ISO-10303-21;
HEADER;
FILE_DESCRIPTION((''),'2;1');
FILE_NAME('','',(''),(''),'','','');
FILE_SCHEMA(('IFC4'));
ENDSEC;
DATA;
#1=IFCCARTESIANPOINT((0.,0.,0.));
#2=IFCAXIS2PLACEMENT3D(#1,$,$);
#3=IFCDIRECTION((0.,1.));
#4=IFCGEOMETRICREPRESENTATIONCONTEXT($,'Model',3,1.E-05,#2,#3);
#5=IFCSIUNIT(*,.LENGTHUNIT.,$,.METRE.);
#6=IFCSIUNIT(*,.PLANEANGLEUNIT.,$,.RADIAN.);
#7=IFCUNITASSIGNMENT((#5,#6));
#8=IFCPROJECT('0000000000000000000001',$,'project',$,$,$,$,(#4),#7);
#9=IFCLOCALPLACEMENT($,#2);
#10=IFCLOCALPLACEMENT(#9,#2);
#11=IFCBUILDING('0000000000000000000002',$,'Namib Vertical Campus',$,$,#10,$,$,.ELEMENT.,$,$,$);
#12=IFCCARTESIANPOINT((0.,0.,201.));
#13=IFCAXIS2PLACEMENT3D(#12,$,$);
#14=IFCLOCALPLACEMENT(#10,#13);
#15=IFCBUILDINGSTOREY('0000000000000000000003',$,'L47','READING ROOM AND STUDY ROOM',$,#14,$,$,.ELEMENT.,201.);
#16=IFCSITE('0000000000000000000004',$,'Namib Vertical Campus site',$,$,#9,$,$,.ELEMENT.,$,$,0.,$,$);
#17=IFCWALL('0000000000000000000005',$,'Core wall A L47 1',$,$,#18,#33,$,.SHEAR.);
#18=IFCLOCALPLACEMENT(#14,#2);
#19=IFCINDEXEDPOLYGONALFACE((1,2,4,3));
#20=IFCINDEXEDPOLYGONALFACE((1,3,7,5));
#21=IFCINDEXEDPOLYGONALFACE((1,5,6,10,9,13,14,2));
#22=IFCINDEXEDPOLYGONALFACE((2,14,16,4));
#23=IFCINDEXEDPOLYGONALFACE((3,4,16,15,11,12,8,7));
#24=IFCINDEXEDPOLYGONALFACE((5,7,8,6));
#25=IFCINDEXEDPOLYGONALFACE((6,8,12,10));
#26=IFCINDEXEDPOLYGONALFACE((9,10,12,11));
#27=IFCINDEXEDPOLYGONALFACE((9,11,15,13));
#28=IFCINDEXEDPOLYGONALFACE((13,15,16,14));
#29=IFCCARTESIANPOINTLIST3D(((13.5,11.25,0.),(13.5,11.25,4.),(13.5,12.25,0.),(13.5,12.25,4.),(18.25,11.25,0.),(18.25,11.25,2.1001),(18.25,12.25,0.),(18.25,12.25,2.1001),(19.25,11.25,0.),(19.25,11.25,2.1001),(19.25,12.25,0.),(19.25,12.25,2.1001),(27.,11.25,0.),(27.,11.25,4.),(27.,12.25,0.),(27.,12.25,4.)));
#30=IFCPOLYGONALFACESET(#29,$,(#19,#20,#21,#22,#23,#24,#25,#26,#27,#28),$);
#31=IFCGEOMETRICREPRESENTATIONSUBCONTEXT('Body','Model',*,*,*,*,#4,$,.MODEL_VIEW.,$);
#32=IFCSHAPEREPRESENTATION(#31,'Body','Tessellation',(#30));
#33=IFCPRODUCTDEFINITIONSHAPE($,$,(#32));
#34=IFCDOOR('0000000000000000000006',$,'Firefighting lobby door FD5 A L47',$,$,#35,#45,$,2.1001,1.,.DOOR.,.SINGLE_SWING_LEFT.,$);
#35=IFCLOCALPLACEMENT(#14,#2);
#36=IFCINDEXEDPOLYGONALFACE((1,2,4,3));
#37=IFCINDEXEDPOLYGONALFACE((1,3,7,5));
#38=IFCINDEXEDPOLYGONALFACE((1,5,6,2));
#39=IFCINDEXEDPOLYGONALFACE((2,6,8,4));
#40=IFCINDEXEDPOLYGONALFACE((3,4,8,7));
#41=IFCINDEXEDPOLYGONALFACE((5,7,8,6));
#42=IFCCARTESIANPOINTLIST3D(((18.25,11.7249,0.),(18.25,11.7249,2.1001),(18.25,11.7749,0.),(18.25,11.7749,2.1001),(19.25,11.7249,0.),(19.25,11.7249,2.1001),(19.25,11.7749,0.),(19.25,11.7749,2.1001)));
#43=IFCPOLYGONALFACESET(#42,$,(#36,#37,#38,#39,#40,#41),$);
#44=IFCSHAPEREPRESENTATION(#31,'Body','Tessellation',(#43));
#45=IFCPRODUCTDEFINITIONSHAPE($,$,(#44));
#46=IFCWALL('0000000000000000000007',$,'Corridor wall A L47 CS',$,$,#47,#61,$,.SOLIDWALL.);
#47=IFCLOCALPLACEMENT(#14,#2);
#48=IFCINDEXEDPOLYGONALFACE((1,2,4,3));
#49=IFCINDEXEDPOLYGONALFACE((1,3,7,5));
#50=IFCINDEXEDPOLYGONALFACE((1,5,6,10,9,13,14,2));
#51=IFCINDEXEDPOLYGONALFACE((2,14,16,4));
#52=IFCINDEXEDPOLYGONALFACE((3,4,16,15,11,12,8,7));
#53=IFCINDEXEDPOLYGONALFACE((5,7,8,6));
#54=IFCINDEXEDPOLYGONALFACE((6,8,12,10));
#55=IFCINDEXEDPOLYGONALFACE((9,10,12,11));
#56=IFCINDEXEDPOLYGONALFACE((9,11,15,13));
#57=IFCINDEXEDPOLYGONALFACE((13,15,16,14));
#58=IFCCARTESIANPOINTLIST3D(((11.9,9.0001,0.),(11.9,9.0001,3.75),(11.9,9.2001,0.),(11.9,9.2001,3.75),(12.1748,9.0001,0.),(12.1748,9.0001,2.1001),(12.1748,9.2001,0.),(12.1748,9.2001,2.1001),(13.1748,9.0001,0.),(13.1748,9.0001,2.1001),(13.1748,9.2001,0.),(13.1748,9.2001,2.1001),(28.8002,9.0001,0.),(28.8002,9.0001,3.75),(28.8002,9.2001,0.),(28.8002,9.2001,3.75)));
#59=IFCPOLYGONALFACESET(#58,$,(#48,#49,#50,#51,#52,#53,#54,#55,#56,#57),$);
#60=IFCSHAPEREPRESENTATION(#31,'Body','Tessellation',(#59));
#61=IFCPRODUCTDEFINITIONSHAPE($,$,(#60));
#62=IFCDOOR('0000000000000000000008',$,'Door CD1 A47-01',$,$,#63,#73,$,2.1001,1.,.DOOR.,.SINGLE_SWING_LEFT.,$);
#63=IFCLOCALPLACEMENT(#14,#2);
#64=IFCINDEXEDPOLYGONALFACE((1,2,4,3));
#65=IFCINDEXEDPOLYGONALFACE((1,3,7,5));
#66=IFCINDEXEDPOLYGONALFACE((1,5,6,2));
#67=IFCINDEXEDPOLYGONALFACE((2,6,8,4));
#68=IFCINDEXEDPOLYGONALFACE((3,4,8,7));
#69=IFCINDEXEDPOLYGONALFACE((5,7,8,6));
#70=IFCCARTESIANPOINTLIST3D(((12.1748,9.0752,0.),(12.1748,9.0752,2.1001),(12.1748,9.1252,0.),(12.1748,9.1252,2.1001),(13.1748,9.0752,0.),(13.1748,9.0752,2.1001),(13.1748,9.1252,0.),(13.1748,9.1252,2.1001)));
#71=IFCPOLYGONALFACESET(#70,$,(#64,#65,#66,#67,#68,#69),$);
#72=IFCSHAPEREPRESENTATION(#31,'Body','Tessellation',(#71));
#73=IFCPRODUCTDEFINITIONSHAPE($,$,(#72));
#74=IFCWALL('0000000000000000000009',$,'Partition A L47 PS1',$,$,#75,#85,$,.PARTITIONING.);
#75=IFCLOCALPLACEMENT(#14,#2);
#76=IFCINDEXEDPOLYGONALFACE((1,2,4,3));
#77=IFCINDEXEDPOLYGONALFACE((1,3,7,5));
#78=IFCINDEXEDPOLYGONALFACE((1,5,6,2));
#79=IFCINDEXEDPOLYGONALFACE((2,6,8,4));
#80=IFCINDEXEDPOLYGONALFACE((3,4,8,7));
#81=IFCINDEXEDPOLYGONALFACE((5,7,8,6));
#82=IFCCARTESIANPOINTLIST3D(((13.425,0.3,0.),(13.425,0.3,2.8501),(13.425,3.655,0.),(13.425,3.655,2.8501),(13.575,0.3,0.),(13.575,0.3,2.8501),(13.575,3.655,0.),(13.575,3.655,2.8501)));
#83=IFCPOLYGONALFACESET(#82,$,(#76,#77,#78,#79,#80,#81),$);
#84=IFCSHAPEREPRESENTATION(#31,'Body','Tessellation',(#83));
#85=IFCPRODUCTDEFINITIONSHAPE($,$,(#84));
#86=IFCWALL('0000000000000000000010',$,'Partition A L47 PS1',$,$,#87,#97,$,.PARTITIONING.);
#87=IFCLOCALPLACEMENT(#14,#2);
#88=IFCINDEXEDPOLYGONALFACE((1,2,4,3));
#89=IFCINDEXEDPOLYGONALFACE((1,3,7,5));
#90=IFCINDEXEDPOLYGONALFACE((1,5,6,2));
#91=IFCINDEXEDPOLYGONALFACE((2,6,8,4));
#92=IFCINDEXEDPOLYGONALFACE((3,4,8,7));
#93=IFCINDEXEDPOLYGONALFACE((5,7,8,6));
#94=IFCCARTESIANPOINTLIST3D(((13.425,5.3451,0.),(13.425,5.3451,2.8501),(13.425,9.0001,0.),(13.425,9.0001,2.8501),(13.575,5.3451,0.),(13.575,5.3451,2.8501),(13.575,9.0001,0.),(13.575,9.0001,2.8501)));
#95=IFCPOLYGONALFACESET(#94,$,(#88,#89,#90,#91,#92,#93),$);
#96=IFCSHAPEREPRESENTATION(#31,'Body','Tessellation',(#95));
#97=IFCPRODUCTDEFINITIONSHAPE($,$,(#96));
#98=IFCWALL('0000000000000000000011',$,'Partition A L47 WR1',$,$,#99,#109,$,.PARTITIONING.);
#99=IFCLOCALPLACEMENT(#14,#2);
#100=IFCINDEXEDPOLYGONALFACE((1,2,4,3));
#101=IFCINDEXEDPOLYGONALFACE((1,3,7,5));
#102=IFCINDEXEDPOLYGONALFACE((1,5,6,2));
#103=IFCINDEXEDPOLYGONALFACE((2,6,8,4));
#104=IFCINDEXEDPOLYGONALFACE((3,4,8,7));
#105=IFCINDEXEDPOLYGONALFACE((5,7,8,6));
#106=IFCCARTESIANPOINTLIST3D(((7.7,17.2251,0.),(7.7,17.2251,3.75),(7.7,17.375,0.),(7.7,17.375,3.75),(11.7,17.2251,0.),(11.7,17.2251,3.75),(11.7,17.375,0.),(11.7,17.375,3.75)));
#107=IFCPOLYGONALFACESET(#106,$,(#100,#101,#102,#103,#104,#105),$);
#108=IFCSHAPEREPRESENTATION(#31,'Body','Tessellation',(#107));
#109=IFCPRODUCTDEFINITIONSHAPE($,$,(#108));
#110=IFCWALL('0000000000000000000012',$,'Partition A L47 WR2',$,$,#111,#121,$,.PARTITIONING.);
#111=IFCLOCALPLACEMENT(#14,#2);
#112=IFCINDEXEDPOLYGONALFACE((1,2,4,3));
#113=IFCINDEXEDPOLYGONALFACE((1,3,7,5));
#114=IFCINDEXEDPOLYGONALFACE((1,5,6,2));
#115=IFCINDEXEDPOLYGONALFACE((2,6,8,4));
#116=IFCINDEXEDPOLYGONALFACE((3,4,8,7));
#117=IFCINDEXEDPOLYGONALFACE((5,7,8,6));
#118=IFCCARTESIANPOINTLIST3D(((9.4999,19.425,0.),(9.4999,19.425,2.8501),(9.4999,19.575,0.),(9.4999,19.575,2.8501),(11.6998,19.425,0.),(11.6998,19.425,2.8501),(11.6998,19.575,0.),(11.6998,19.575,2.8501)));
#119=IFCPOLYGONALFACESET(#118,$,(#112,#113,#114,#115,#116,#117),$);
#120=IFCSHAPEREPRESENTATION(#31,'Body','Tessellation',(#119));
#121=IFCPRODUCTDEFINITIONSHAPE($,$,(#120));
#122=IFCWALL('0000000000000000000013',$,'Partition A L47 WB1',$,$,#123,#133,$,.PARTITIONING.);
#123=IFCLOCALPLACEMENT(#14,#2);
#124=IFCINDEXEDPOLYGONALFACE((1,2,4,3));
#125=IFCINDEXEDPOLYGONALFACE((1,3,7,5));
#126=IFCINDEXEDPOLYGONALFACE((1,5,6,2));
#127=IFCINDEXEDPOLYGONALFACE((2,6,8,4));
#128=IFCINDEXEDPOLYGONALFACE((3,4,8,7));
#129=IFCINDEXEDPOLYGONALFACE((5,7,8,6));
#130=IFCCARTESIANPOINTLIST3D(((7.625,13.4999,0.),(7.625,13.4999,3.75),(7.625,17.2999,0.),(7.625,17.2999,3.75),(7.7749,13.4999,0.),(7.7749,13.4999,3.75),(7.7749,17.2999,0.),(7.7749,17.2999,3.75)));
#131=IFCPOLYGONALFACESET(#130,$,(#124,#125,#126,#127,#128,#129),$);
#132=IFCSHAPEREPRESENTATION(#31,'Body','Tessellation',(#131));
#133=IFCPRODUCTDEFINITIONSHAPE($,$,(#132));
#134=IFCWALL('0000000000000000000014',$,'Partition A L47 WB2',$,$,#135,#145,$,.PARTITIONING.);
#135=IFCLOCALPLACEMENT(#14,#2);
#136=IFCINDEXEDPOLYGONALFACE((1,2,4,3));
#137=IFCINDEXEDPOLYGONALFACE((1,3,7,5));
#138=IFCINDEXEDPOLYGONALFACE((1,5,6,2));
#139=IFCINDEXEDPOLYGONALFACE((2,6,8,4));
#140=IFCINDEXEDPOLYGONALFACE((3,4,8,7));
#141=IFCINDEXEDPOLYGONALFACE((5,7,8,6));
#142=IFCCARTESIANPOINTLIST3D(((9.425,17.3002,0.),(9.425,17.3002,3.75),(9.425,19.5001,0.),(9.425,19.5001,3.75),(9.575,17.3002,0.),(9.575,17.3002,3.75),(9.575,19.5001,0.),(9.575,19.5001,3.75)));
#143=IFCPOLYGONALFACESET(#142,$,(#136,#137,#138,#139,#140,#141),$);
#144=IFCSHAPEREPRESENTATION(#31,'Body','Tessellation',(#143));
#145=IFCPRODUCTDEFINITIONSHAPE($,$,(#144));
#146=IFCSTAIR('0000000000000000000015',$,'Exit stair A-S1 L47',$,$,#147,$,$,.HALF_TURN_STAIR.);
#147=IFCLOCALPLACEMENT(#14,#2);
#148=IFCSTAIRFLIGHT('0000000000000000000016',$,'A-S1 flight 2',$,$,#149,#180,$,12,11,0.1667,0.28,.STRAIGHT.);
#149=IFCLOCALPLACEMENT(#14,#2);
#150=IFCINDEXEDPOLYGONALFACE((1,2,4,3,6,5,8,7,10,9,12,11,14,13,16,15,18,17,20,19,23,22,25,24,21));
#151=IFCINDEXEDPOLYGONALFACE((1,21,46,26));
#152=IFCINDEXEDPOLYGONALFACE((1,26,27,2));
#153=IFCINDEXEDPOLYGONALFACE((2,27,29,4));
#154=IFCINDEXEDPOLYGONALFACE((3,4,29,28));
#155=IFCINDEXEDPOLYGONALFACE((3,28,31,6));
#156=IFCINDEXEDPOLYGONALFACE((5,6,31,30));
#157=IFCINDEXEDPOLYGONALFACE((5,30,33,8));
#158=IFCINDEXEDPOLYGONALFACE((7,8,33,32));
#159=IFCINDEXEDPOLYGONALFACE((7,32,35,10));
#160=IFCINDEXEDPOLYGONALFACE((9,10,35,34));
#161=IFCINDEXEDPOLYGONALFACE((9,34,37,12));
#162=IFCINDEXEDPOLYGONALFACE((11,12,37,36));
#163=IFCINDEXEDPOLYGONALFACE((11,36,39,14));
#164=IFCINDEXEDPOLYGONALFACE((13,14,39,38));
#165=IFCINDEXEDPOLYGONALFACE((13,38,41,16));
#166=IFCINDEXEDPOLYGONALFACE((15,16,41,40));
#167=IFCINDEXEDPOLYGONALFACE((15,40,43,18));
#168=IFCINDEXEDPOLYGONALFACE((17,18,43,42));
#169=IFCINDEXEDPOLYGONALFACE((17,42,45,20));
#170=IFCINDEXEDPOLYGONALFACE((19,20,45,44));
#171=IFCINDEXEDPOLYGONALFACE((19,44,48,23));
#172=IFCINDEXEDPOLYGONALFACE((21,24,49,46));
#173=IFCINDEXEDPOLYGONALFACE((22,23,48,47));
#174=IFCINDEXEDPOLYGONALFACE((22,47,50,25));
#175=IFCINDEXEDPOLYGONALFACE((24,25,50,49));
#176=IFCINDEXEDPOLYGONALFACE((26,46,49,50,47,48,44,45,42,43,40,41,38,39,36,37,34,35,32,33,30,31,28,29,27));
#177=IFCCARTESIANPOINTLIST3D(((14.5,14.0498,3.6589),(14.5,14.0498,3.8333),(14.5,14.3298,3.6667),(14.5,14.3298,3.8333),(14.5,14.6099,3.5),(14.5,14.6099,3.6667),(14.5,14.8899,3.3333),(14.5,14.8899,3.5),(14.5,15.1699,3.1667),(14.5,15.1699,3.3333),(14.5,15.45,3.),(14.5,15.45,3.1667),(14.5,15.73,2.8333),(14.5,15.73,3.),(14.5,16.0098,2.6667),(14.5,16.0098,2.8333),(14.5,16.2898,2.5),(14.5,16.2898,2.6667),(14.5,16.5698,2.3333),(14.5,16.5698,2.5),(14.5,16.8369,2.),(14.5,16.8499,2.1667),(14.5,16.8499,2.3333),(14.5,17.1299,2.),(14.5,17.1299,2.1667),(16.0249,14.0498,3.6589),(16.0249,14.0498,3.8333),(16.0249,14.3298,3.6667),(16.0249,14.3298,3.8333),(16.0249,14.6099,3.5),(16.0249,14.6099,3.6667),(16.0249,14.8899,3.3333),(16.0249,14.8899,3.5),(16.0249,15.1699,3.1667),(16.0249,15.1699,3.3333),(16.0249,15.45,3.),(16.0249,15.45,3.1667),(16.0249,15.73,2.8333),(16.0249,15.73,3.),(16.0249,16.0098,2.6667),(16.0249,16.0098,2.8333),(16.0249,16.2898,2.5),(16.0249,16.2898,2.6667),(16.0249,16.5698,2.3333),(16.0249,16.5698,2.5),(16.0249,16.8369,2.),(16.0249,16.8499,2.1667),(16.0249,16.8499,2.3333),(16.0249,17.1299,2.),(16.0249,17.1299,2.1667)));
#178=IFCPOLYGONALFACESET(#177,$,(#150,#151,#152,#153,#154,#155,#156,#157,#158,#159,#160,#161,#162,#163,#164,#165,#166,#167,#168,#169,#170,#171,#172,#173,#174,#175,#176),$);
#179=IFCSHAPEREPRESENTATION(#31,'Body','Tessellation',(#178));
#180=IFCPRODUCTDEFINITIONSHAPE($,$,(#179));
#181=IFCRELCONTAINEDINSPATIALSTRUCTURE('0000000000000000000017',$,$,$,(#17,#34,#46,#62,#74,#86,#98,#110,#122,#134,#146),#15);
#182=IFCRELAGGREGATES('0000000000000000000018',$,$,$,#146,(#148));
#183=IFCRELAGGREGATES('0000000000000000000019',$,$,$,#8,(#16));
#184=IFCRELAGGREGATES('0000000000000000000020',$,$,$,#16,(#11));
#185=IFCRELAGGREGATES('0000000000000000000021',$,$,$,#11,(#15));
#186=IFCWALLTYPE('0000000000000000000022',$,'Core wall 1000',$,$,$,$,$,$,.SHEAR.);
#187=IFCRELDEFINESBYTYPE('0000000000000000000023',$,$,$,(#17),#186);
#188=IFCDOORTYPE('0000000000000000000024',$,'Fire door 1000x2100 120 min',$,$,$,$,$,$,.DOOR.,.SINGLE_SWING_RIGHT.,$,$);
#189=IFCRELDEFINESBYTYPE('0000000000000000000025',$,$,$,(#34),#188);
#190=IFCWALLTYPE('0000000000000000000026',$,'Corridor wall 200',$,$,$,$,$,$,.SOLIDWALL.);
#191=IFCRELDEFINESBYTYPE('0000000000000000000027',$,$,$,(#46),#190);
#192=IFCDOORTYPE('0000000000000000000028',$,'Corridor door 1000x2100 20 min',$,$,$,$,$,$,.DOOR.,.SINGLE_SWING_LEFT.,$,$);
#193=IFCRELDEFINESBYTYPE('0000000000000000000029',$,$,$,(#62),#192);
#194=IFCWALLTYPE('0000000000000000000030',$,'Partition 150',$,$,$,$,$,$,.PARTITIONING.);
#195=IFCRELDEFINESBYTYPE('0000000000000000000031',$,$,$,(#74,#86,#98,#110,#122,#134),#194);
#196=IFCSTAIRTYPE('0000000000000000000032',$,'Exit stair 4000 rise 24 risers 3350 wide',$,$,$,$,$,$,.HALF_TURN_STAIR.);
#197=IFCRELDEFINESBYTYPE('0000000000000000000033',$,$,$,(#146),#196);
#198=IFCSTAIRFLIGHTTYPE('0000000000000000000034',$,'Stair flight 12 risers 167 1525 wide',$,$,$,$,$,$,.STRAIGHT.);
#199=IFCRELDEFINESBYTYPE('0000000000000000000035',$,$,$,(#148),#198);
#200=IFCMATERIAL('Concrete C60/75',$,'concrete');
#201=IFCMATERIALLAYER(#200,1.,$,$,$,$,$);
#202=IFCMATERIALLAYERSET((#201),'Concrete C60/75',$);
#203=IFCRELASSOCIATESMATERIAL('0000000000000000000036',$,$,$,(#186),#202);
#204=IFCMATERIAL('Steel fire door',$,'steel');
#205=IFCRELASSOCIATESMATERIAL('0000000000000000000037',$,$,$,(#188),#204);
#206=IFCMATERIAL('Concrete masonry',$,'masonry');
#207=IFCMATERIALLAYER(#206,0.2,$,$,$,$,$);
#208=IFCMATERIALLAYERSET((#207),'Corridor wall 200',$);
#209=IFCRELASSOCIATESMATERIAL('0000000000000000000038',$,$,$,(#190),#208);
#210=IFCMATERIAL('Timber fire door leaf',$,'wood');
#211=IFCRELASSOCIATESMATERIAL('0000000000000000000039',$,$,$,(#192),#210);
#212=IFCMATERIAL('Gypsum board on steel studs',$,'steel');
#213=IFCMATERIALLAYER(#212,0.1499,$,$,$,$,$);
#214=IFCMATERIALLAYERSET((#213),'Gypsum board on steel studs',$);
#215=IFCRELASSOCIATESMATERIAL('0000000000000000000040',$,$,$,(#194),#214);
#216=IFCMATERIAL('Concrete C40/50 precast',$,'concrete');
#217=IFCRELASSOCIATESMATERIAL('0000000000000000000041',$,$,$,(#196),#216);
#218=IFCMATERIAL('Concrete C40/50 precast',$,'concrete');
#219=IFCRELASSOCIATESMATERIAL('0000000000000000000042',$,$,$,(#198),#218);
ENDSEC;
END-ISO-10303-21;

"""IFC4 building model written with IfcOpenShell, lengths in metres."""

from ifc_helpers import new_model, si_unit, direction, frame, frame_2d, origin, place, context, subcontext, project, spatial, polyline, rectangle, outline, extrude, material, layer, layer_set, type_object, element, fill, aggregate, save


model = new_model("IFC4")

# Units and contexts
model_context = context("Model", 3, precision=1e-05, world=origin(), true_north=direction((0.0, 1.0)))
body_context = subcontext(model_context, "Body", "Model", "MODEL_VIEW")
ifc_project = project(units=[si_unit("LENGTHUNIT", "METRE"), si_unit("PLANEANGLEUNIT", "RADIAN")], contexts=[model_context])

# Site, building, storey
site_placement = place(None, origin())
site = spatial("IfcSite", under=ifc_project, at=site_placement, Name="Namib Vertical Campus site", CompositionType="ELEMENT", RefElevation=0.0)
building_placement = place(site_placement, origin())
building = spatial("IfcBuilding", under=site, at=building_placement, Name="Namib Vertical Campus", CompositionType="ELEMENT")
storey_placement = place(building_placement, frame((0.0, 0.0, 201.0)))
storey = spatial("IfcBuildingStorey", under=building, at=storey_placement, Name="L47", Description="READING ROOM AND STUDY ROOM", CompositionType="ELEMENT", Elevation=201.0)

# Walls, openings, doors
ifc_material_1 = material(Name="Concrete C60/75", Category="concrete")
ifc_layer_1 = layer(ifc_material_1, 1.0)
ifc_layer_set_1 = layer_set([ifc_layer_1], Name="Concrete C60/75")
wall_type_1 = type_object("IfcWallType", Name="Core wall 1000", PredefinedType="SHEAR", material=ifc_layer_set_1)
wall_1_placement = place(storey_placement, frame((13.5, 11.75, 0.0), z_axis=(0.0, 0.0, 1.0), x_axis=(1.0, 0.0, 0.0)))
wall_1 = element("IfcWall", 1, at=wall_1_placement, inside=storey, type_object=wall_type_1, Name="Core wall A L47 1", PredefinedType="SHEAR", context=body_context, shape_type="SweptSolid", body=[
    extrude(rectangle(XDim=13.5, YDim=1.0, at=frame_2d((6.75, 0.0))), origin(), (0.0, 0.0, 1.0), 4.0),
])
opening_1_placement = place(wall_1_placement, frame((4.75, 0.0, 0.0)))
opening_1 = element("IfcOpeningElement", 2, at=opening_1_placement, cuts=wall_1, PredefinedType="OPENING", context=body_context, shape_type="SweptSolid", body=[
    extrude(rectangle(XDim=1.0, YDim=2.1001, at=frame_2d((0.5, 1.05))), frame((0.0, 0.51, 0.0), z_axis=(0.0, -1.0, 0.0), x_axis=(1.0, 0.0, 0.0)), (0.0, 0.0, 1.0), 1.02),
])
ifc_material_2 = material(Name="Steel fire door", Category="steel")
door_type_1 = type_object("IfcDoorType", Name="Fire door 1000x2100 120 min", OperationType="SINGLE_SWING_RIGHT", PredefinedType="DOOR", material=ifc_material_2)
door_1_placement = place(opening_1_placement, origin())
door_1 = element("IfcDoor", 3, at=door_1_placement, inside=storey, type_object=door_type_1, Name="Firefighting lobby door FD5 A L47", OperationType="SINGLE_SWING_LEFT", OverallHeight=2.1001, OverallWidth=1.0, PredefinedType="DOOR", context=body_context, shape_type="SweptSolid", body=[
    extrude(rectangle(XDim=1.0, YDim=2.1001, at=frame_2d((0.5, 1.05))), frame((0.0, 0.0249, 0.0), z_axis=(0.0, -1.0, 0.0), x_axis=(1.0, 0.0, 0.0)), (0.0, 0.0, 1.0), 0.05),
])
fill(opening_1, door_1)
ifc_material_3 = material(Name="Concrete masonry", Category="masonry")
ifc_layer_2 = layer(ifc_material_3, 0.2)
ifc_layer_set_2 = layer_set([ifc_layer_2], Name="Corridor wall 200")
wall_type_2 = type_object("IfcWallType", Name="Corridor wall 200", PredefinedType="SOLIDWALL", material=ifc_layer_set_2)
wall_2_placement = place(storey_placement, frame((11.8999, 9.1001, 0.0), z_axis=(0.0, 0.0, 1.0), x_axis=(1.0, 0.0, 0.0)))
wall_2 = element("IfcWall", 4, at=wall_2_placement, inside=storey, type_object=wall_type_2, Name="Corridor wall A L47 CS", PredefinedType="SOLIDWALL", context=body_context, shape_type="SweptSolid", body=[
    extrude(rectangle(XDim=16.9001, YDim=0.2, at=frame_2d((8.4502, 0.0))), origin(), (0.0, 0.0, 1.0), 3.75),
])
opening_2_placement = place(wall_2_placement, frame((0.2749, 0.0, 0.0)))
opening_2 = element("IfcOpeningElement", 5, at=opening_2_placement, cuts=wall_2, PredefinedType="OPENING", context=body_context, shape_type="SweptSolid", body=[
    extrude(rectangle(XDim=1.0, YDim=2.1001, at=frame_2d((0.5, 1.05))), frame((0.0, 0.1099, 0.0), z_axis=(0.0, -1.0, 0.0), x_axis=(1.0, 0.0, 0.0)), (0.0, 0.0, 1.0), 0.22),
])
ifc_material_4 = material(Name="Timber fire door leaf", Category="wood")
door_type_2 = type_object("IfcDoorType", Name="Corridor door 1000x2100 20 min", OperationType="SINGLE_SWING_LEFT", PredefinedType="DOOR", material=ifc_material_4)
door_2_placement = place(opening_2_placement, frame((1.0, 0.0, 0.0), z_axis=(0.0, 0.0, 1.0), x_axis=(-1.0, 0.0, 0.0)))
door_2 = element("IfcDoor", 6, at=door_2_placement, inside=storey, type_object=door_type_2, Name="Door CD1 A47-01", OperationType="SINGLE_SWING_LEFT", OverallHeight=2.1001, OverallWidth=1.0, PredefinedType="DOOR", context=body_context, shape_type="SweptSolid", body=[
    extrude(rectangle(XDim=1.0, YDim=2.1001, at=frame_2d((0.5, 1.05))), frame((0.0, 0.0249, 0.0), z_axis=(0.0, -1.0, 0.0), x_axis=(1.0, 0.0, 0.0)), (0.0, 0.0, 1.0), 0.05),
])
fill(opening_2, door_2)

# Walls
ifc_material_5 = material(Name="Gypsum board on steel studs", Category="steel")
ifc_layer_3 = layer(ifc_material_5, 0.1499)
ifc_layer_set_3 = layer_set([ifc_layer_3], Name="Gypsum board on steel studs")
wall_type_3 = type_object("IfcWallType", Name="Partition 150", PredefinedType="PARTITIONING", material=ifc_layer_set_3)
wall_3_placement = place(storey_placement, frame((13.5, 0.3, 0.0), z_axis=(0.0, 0.0, 1.0), x_axis=(0.0, 1.0, 0.0)))
element("IfcWall", 7, at=wall_3_placement, inside=storey, type_object=wall_type_3, Name="Partition A L47 PS1", PredefinedType="PARTITIONING", context=body_context, shape_type="SweptSolid", body=[
    extrude(rectangle(XDim=3.355, YDim=0.1499, at=frame_2d((1.6775, 0.0))), origin(), (0.0, 0.0, 1.0), 2.8501),
])
wall_4_placement = place(storey_placement, frame((13.5, 5.345, 0.0), z_axis=(0.0, 0.0, 1.0), x_axis=(0.0, 1.0, 0.0)))
element("IfcWall", 8, at=wall_4_placement, inside=storey, type_object=wall_type_3, Name="Partition A L47 PS1", PredefinedType="PARTITIONING", context=body_context, shape_type="SweptSolid", body=[
    extrude(rectangle(XDim=3.655, YDim=0.1499, at=frame_2d((1.8276, 0.0))), origin(), (0.0, 0.0, 1.0), 2.8501),
])
wall_5_placement = place(storey_placement, frame((11.7, 17.3, 0.0), z_axis=(0.0, 0.0, 1.0), x_axis=(-1.0, 0.0, 0.0)))
element("IfcWall", 9, at=wall_5_placement, inside=storey, type_object=wall_type_3, Name="Partition A L47 WR1", PredefinedType="PARTITIONING", context=body_context, shape_type="SweptSolid", body=[
    extrude(rectangle(XDim=4.0, YDim=0.1499, at=frame_2d((2.0, 0.0))), origin(), (0.0, 0.0, 1.0), 3.75),
])
wall_6_placement = place(storey_placement, frame((11.7, 19.5, 0.0), z_axis=(0.0, 0.0, 1.0), x_axis=(-1.0, 0.0, 0.0)))
element("IfcWall", 10, at=wall_6_placement, inside=storey, type_object=wall_type_3, Name="Partition A L47 WR2", PredefinedType="PARTITIONING", context=body_context, shape_type="SweptSolid", body=[
    extrude(rectangle(XDim=2.2, YDim=0.1499, at=frame_2d((1.1001, 0.0))), origin(), (0.0, 0.0, 1.0), 2.8501),
])
wall_7_placement = place(storey_placement, frame((7.7, 13.5, 0.0), z_axis=(0.0, 0.0, 1.0), x_axis=(0.0, 1.0, 0.0)))
element("IfcWall", 11, at=wall_7_placement, inside=storey, type_object=wall_type_3, Name="Partition A L47 WB1", PredefinedType="PARTITIONING", context=body_context, shape_type="SweptSolid", body=[
    extrude(rectangle(XDim=3.8, YDim=0.1499, at=frame_2d((1.8999, 0.0))), origin(), (0.0, 0.0, 1.0), 3.75),
])
wall_8_placement = place(storey_placement, frame((9.5, 17.3, 0.0), z_axis=(0.0, 0.0, 1.0), x_axis=(0.0, 1.0, 0.0)))
element("IfcWall", 12, at=wall_8_placement, inside=storey, type_object=wall_type_3, Name="Partition A L47 WB2", PredefinedType="PARTITIONING", context=body_context, shape_type="SweptSolid", body=[
    extrude(rectangle(XDim=2.2, YDim=0.1499, at=frame_2d((1.1001, 0.0))), origin(), (0.0, 0.0, 1.0), 3.75),
])

# Stair, stair flight
ifc_material_6 = material(Name="Concrete C40/50 precast", Category="concrete")
stair_type = type_object("IfcStairType", Name="Exit stair 4000 rise 24 risers 3350 wide", PredefinedType="HALF_TURN_STAIR", material=ifc_material_6)
stair_placement = place(storey_placement, origin())
stair = element("IfcStair", 13, at=stair_placement, inside=storey, type_object=stair_type, Name="Exit stair A-S1 L47", PredefinedType="HALF_TURN_STAIR")
ifc_material_7 = material(Name="Concrete C40/50 precast", Category="concrete")
stair_flight_type = type_object("IfcStairFlightType", Name="Stair flight 12 risers 167 1525 wide", PredefinedType="STRAIGHT", material=ifc_material_7)
stair_flight_placement = place(storey_placement, frame((15.2625, 17.1299, 2.0), z_axis=(0.0, 0.0, 1.0), x_axis=(0.0, -1.0, 0.0)))
stair_flight = element("IfcStairFlight", 14, at=stair_flight_placement, type_object=stair_flight_type, Name="A-S1 flight 2", NumberOfRisers=12, NumberOfTreads=11, PredefinedType="STRAIGHT", RiserHeight=0.1667, TreadLength=0.28, context=body_context, shape_type="SweptSolid", body=[
    extrude(outline(polyline([(0.0, 0.0), (0.0, 0.1667), (0.28, 0.1667), (0.28, 0.3333), (0.5601, 0.3333), (0.5601, 0.5), (0.8401, 0.5), (0.8401, 0.6667), (1.1201, 0.6667), (1.1201, 0.8333), (1.3999, 0.8333), (1.3999, 1.0), (1.6799, 1.0), (1.6799, 1.1667), (1.96, 1.1667), (1.96, 1.3333), (2.24, 1.3333), (2.24, 1.5), (2.52, 1.5), (2.52, 1.6667), (2.8, 1.6667), (2.8, 1.8333), (3.0801, 1.8333), (3.0801, 2.0), (3.0801, 1.6589), (0.293, 0.0), (0.0, 0.0)])), frame((0.0, 0.7625, 0.0), z_axis=(0.0, -1.0, 0.0), x_axis=(1.0, 0.0, 0.0)), (0.0, 0.0, 1.0), 1.5249),
])
aggregate(stair, [stair_flight])

save(model, "model.ifc")
